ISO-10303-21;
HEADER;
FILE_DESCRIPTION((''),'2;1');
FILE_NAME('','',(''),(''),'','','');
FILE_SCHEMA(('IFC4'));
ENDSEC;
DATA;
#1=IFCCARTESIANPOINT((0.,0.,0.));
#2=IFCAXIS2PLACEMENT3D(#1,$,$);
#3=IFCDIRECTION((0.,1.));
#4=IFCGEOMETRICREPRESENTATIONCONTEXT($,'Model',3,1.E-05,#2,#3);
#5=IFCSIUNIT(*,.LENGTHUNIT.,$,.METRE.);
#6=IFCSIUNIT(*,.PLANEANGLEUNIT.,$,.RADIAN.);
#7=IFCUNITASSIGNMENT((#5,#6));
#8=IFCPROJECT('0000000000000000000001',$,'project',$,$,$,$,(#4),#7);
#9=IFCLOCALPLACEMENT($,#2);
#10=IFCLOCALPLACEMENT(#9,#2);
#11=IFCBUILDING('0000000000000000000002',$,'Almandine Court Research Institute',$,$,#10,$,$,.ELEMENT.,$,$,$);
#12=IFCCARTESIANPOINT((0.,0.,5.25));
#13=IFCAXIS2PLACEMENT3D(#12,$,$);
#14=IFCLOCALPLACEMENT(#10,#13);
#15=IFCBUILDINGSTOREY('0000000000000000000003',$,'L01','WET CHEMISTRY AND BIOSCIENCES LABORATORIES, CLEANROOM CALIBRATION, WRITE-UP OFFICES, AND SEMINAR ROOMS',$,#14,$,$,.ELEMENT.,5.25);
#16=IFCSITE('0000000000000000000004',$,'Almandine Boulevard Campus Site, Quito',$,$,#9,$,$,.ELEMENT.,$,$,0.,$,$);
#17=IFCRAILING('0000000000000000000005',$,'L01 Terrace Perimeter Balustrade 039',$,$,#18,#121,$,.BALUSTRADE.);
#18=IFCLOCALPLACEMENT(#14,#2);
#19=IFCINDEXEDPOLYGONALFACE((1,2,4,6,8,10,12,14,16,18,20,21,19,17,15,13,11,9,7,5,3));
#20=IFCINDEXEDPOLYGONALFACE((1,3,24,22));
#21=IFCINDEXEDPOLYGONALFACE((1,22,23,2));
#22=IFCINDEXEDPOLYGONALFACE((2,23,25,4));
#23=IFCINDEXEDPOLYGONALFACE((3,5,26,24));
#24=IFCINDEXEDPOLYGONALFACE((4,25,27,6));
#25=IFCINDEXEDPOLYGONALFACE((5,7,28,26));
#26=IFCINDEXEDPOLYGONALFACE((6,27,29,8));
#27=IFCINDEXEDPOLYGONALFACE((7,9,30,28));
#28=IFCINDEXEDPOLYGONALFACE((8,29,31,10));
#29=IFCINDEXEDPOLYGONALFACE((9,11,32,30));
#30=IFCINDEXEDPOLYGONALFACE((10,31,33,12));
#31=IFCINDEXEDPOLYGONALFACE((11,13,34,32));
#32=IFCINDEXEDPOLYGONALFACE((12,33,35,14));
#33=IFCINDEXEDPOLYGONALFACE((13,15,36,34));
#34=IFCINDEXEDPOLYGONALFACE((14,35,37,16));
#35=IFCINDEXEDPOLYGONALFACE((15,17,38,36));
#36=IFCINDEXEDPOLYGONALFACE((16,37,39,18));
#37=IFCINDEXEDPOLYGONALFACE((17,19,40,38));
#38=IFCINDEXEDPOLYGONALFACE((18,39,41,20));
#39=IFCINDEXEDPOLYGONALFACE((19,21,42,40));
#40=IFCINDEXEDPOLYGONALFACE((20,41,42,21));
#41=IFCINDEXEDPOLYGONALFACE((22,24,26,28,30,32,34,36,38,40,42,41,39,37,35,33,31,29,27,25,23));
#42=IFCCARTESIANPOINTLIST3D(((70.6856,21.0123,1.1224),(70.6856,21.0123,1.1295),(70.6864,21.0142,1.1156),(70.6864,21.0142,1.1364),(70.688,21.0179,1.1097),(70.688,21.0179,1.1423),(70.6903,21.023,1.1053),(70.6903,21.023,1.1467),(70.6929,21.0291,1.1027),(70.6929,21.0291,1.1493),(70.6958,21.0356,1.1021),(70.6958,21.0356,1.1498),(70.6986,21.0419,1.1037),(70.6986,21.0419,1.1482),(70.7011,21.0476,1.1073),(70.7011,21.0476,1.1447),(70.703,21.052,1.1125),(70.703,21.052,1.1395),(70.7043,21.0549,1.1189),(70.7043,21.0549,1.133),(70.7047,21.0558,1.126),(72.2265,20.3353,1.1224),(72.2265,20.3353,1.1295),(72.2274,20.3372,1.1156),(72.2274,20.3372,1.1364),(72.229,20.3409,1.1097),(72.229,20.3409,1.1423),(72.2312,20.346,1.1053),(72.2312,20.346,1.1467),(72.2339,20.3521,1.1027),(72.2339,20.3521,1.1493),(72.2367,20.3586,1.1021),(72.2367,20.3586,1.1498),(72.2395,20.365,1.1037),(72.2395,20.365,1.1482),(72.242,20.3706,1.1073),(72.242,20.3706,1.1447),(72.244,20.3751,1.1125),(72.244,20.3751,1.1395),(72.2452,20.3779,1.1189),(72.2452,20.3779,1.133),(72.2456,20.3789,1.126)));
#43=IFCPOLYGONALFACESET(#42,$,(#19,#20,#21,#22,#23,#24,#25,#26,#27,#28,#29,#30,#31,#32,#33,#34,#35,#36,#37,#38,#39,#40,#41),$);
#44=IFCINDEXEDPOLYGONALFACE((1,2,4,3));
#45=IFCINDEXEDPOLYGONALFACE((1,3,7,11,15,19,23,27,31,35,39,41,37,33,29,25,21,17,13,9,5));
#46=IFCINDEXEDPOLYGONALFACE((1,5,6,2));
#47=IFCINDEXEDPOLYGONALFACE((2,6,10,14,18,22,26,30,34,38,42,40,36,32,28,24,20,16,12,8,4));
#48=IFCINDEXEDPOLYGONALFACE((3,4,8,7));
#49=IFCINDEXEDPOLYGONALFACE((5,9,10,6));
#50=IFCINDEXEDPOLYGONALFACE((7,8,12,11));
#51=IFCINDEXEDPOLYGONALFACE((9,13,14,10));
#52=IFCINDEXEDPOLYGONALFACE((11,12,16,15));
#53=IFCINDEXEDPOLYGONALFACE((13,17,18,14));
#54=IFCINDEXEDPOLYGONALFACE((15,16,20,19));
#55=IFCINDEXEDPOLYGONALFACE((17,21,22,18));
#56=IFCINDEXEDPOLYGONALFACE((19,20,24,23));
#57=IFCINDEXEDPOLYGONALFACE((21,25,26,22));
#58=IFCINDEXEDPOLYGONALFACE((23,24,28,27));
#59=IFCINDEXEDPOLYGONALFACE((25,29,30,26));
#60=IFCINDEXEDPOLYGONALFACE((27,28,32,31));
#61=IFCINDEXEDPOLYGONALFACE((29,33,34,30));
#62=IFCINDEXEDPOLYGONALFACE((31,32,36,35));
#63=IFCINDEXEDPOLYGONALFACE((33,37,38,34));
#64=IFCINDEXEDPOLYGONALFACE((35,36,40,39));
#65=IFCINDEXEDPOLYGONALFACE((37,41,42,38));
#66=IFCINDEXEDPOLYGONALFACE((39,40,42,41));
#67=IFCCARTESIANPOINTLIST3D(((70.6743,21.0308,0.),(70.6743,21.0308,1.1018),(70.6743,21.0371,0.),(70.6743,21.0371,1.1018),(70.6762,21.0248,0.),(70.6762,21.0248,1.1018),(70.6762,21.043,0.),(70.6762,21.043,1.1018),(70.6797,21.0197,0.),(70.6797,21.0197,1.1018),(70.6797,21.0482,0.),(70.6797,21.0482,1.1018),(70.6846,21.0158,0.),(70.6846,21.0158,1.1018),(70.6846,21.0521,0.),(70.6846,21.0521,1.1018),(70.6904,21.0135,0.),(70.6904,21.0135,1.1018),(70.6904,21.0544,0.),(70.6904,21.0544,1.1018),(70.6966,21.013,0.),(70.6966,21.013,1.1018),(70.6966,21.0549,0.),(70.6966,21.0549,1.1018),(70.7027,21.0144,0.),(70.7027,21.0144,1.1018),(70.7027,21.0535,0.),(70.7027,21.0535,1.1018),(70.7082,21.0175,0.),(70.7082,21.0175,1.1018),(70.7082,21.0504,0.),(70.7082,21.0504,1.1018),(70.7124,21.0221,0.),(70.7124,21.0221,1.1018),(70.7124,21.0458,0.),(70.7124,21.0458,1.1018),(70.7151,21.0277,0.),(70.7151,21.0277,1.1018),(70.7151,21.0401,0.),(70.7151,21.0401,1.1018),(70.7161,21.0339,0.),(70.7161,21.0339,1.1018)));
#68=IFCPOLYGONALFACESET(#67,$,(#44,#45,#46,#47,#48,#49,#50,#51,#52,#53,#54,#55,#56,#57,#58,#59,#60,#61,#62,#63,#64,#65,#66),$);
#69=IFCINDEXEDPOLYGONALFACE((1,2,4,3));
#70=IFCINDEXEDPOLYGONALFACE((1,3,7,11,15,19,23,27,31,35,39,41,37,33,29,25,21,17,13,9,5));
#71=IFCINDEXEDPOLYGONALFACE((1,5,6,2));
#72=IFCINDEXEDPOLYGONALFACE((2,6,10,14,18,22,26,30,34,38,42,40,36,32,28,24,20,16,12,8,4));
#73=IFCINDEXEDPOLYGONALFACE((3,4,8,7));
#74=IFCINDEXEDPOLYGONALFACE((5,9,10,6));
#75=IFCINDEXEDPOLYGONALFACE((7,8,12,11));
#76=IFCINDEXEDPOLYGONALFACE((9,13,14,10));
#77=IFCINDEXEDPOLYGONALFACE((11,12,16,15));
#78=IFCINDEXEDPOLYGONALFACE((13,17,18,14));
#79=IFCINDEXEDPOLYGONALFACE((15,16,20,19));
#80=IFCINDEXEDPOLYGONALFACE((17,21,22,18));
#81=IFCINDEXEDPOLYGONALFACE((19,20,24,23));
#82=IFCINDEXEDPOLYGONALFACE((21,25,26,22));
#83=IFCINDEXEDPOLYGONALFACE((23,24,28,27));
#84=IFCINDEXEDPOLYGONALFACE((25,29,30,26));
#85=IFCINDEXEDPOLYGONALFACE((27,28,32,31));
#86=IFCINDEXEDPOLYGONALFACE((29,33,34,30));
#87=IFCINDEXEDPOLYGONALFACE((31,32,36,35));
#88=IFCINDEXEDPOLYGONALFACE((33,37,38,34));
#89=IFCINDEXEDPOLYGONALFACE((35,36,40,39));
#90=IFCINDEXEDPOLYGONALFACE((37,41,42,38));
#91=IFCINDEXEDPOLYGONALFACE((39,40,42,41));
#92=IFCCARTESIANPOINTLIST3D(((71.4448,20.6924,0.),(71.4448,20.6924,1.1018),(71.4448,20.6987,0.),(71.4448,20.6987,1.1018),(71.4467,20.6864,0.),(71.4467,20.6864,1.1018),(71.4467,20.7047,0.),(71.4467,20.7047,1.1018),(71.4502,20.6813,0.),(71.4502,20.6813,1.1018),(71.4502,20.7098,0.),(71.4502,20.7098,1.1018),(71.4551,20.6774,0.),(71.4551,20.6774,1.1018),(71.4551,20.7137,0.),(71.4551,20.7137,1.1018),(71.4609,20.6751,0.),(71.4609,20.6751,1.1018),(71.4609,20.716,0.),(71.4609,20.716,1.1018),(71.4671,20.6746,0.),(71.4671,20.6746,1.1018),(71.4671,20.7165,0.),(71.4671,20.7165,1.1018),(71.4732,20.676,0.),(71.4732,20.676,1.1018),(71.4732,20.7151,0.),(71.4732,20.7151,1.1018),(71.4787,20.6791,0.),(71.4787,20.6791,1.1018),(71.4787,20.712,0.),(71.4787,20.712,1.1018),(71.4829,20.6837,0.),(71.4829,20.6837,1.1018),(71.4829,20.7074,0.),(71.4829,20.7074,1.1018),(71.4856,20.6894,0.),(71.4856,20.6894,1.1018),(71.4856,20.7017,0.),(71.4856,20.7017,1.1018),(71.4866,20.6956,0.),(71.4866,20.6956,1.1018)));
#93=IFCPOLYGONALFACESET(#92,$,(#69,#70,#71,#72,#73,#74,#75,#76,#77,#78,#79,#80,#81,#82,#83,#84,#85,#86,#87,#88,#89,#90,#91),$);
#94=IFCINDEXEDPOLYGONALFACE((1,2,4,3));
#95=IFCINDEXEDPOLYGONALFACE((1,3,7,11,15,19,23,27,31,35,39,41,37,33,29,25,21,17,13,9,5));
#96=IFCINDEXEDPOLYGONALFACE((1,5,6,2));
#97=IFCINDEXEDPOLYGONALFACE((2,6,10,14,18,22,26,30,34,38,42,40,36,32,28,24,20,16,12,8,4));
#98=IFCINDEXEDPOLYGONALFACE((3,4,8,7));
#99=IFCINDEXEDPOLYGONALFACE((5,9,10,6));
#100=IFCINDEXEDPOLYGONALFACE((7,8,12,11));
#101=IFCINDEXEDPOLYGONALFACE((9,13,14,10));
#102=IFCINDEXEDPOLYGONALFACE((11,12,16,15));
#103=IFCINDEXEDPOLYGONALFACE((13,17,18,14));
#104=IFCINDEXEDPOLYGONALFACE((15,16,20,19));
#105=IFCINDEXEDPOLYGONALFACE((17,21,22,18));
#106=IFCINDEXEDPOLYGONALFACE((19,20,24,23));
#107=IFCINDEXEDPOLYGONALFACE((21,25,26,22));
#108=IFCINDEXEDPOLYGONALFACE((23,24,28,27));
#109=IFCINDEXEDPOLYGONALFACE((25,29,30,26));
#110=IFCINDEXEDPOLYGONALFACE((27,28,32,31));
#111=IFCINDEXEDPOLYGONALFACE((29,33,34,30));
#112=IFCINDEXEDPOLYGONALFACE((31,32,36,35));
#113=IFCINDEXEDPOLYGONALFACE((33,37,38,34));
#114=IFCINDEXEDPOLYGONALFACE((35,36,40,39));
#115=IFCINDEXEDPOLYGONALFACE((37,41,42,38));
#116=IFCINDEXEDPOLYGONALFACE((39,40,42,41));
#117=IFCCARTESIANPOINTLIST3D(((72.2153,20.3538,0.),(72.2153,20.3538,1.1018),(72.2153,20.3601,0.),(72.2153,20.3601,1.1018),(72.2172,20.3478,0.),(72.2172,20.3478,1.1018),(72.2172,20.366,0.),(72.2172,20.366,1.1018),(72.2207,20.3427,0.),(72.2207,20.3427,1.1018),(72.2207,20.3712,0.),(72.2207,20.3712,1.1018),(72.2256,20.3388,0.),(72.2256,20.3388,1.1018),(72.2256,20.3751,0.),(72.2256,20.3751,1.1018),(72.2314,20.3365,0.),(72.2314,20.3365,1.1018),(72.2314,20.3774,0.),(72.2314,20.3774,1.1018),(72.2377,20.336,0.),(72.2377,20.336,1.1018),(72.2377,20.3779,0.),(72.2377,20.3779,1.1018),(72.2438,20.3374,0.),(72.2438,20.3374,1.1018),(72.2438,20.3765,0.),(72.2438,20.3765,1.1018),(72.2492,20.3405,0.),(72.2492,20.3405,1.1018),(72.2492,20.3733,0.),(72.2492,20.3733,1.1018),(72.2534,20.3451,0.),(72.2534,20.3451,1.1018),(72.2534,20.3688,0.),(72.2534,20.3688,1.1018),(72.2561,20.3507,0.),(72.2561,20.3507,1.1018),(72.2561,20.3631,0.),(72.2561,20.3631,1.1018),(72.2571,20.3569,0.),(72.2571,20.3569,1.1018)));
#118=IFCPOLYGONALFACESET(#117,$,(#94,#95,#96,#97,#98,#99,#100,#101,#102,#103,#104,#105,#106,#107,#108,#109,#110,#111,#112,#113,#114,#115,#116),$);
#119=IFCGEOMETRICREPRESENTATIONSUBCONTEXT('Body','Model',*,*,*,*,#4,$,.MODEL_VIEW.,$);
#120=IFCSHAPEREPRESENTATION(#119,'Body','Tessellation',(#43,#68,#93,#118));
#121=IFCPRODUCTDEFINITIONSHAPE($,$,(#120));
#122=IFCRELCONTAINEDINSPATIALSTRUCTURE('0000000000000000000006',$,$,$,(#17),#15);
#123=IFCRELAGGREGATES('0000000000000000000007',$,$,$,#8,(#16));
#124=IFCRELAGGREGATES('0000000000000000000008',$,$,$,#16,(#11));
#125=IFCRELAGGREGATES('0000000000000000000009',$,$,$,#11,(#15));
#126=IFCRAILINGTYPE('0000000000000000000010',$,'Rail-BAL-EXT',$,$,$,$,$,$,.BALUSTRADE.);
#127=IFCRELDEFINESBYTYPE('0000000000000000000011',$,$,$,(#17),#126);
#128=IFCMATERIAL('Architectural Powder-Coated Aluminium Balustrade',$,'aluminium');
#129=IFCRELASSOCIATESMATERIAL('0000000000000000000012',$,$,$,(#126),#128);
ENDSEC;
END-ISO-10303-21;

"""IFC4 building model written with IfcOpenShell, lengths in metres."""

from ifc_helpers import new_model, si_unit, direction, frame, origin, origin_2d, place, context, subcontext, project, spatial, circle, extrude, material, type_object, element, save


model = new_model("IFC4")

# Units and contexts
model_context = context("Model", 3, precision=1e-05, world=origin(), true_north=direction((0.0, 1.0)))
body_context = subcontext(model_context, "Body", "Model", "MODEL_VIEW")
ifc_project = project(units=[si_unit("LENGTHUNIT", "METRE"), si_unit("PLANEANGLEUNIT", "RADIAN")], contexts=[model_context])

# Site, building, storey
site_placement = place(None, origin())
site = spatial("IfcSite", under=ifc_project, at=site_placement, Name="Almandine Boulevard Campus Site, Quito", CompositionType="ELEMENT", RefElevation=0.0)
building_placement = place(site_placement, origin())
building = spatial("IfcBuilding", under=site, at=building_placement, Name="Almandine Court Research Institute", CompositionType="ELEMENT")
storey_placement = place(building_placement, frame((0.0, 0.0, 5.25)))
storey = spatial("IfcBuildingStorey", under=building, at=storey_placement, Name="L01", Description="WET CHEMISTRY AND BIOSCIENCES LABORATORIES, CLEANROOM CALIBRATION, WRITE-UP OFFICES, AND SEMINAR ROOMS", CompositionType="ELEMENT", Elevation=5.25)

# Railing
ifc_material_1 = material(Name="Architectural Powder-Coated Aluminium Balustrade", Category="aluminium")
railing_type = type_object("IfcRailingType", Name="Rail-BAL-EXT", PredefinedType="BALUSTRADE", material=ifc_material_1)
railing_1_placement = place(storey_placement, frame((70.6951, 21.0339, 0.0)))
element("IfcRailing", 1, at=railing_1_placement, inside=storey, type_object=railing_type, Name="L01 Terrace Perimeter Balustrade 039", PredefinedType="BALUSTRADE", context=body_context, shape_type="SweptSolid", body=[
    extrude(circle(Radius=0.0239, at=origin_2d()), frame((0.0, 0.0, 1.126), z_axis=(0.915544, -0.402218, 0.0), x_axis=(0.402218, 0.915544, 0.0)), (0.0, 0.0, 1.0), 1.6831),
    extrude(circle(Radius=0.021, at=origin_2d()), origin(), (0.0, 0.0, 1.0), 1.1018),
    extrude(circle(Radius=0.021, at=origin_2d()), frame((0.7705, -0.3384, 0.0)), (0.0, 0.0, 1.0), 1.1018),
    extrude(circle(Radius=0.021, at=origin_2d()), frame((1.541, -0.677, 0.0)), (0.0, 0.0, 1.0), 1.1018),
])

save(model, "model.ifc")
